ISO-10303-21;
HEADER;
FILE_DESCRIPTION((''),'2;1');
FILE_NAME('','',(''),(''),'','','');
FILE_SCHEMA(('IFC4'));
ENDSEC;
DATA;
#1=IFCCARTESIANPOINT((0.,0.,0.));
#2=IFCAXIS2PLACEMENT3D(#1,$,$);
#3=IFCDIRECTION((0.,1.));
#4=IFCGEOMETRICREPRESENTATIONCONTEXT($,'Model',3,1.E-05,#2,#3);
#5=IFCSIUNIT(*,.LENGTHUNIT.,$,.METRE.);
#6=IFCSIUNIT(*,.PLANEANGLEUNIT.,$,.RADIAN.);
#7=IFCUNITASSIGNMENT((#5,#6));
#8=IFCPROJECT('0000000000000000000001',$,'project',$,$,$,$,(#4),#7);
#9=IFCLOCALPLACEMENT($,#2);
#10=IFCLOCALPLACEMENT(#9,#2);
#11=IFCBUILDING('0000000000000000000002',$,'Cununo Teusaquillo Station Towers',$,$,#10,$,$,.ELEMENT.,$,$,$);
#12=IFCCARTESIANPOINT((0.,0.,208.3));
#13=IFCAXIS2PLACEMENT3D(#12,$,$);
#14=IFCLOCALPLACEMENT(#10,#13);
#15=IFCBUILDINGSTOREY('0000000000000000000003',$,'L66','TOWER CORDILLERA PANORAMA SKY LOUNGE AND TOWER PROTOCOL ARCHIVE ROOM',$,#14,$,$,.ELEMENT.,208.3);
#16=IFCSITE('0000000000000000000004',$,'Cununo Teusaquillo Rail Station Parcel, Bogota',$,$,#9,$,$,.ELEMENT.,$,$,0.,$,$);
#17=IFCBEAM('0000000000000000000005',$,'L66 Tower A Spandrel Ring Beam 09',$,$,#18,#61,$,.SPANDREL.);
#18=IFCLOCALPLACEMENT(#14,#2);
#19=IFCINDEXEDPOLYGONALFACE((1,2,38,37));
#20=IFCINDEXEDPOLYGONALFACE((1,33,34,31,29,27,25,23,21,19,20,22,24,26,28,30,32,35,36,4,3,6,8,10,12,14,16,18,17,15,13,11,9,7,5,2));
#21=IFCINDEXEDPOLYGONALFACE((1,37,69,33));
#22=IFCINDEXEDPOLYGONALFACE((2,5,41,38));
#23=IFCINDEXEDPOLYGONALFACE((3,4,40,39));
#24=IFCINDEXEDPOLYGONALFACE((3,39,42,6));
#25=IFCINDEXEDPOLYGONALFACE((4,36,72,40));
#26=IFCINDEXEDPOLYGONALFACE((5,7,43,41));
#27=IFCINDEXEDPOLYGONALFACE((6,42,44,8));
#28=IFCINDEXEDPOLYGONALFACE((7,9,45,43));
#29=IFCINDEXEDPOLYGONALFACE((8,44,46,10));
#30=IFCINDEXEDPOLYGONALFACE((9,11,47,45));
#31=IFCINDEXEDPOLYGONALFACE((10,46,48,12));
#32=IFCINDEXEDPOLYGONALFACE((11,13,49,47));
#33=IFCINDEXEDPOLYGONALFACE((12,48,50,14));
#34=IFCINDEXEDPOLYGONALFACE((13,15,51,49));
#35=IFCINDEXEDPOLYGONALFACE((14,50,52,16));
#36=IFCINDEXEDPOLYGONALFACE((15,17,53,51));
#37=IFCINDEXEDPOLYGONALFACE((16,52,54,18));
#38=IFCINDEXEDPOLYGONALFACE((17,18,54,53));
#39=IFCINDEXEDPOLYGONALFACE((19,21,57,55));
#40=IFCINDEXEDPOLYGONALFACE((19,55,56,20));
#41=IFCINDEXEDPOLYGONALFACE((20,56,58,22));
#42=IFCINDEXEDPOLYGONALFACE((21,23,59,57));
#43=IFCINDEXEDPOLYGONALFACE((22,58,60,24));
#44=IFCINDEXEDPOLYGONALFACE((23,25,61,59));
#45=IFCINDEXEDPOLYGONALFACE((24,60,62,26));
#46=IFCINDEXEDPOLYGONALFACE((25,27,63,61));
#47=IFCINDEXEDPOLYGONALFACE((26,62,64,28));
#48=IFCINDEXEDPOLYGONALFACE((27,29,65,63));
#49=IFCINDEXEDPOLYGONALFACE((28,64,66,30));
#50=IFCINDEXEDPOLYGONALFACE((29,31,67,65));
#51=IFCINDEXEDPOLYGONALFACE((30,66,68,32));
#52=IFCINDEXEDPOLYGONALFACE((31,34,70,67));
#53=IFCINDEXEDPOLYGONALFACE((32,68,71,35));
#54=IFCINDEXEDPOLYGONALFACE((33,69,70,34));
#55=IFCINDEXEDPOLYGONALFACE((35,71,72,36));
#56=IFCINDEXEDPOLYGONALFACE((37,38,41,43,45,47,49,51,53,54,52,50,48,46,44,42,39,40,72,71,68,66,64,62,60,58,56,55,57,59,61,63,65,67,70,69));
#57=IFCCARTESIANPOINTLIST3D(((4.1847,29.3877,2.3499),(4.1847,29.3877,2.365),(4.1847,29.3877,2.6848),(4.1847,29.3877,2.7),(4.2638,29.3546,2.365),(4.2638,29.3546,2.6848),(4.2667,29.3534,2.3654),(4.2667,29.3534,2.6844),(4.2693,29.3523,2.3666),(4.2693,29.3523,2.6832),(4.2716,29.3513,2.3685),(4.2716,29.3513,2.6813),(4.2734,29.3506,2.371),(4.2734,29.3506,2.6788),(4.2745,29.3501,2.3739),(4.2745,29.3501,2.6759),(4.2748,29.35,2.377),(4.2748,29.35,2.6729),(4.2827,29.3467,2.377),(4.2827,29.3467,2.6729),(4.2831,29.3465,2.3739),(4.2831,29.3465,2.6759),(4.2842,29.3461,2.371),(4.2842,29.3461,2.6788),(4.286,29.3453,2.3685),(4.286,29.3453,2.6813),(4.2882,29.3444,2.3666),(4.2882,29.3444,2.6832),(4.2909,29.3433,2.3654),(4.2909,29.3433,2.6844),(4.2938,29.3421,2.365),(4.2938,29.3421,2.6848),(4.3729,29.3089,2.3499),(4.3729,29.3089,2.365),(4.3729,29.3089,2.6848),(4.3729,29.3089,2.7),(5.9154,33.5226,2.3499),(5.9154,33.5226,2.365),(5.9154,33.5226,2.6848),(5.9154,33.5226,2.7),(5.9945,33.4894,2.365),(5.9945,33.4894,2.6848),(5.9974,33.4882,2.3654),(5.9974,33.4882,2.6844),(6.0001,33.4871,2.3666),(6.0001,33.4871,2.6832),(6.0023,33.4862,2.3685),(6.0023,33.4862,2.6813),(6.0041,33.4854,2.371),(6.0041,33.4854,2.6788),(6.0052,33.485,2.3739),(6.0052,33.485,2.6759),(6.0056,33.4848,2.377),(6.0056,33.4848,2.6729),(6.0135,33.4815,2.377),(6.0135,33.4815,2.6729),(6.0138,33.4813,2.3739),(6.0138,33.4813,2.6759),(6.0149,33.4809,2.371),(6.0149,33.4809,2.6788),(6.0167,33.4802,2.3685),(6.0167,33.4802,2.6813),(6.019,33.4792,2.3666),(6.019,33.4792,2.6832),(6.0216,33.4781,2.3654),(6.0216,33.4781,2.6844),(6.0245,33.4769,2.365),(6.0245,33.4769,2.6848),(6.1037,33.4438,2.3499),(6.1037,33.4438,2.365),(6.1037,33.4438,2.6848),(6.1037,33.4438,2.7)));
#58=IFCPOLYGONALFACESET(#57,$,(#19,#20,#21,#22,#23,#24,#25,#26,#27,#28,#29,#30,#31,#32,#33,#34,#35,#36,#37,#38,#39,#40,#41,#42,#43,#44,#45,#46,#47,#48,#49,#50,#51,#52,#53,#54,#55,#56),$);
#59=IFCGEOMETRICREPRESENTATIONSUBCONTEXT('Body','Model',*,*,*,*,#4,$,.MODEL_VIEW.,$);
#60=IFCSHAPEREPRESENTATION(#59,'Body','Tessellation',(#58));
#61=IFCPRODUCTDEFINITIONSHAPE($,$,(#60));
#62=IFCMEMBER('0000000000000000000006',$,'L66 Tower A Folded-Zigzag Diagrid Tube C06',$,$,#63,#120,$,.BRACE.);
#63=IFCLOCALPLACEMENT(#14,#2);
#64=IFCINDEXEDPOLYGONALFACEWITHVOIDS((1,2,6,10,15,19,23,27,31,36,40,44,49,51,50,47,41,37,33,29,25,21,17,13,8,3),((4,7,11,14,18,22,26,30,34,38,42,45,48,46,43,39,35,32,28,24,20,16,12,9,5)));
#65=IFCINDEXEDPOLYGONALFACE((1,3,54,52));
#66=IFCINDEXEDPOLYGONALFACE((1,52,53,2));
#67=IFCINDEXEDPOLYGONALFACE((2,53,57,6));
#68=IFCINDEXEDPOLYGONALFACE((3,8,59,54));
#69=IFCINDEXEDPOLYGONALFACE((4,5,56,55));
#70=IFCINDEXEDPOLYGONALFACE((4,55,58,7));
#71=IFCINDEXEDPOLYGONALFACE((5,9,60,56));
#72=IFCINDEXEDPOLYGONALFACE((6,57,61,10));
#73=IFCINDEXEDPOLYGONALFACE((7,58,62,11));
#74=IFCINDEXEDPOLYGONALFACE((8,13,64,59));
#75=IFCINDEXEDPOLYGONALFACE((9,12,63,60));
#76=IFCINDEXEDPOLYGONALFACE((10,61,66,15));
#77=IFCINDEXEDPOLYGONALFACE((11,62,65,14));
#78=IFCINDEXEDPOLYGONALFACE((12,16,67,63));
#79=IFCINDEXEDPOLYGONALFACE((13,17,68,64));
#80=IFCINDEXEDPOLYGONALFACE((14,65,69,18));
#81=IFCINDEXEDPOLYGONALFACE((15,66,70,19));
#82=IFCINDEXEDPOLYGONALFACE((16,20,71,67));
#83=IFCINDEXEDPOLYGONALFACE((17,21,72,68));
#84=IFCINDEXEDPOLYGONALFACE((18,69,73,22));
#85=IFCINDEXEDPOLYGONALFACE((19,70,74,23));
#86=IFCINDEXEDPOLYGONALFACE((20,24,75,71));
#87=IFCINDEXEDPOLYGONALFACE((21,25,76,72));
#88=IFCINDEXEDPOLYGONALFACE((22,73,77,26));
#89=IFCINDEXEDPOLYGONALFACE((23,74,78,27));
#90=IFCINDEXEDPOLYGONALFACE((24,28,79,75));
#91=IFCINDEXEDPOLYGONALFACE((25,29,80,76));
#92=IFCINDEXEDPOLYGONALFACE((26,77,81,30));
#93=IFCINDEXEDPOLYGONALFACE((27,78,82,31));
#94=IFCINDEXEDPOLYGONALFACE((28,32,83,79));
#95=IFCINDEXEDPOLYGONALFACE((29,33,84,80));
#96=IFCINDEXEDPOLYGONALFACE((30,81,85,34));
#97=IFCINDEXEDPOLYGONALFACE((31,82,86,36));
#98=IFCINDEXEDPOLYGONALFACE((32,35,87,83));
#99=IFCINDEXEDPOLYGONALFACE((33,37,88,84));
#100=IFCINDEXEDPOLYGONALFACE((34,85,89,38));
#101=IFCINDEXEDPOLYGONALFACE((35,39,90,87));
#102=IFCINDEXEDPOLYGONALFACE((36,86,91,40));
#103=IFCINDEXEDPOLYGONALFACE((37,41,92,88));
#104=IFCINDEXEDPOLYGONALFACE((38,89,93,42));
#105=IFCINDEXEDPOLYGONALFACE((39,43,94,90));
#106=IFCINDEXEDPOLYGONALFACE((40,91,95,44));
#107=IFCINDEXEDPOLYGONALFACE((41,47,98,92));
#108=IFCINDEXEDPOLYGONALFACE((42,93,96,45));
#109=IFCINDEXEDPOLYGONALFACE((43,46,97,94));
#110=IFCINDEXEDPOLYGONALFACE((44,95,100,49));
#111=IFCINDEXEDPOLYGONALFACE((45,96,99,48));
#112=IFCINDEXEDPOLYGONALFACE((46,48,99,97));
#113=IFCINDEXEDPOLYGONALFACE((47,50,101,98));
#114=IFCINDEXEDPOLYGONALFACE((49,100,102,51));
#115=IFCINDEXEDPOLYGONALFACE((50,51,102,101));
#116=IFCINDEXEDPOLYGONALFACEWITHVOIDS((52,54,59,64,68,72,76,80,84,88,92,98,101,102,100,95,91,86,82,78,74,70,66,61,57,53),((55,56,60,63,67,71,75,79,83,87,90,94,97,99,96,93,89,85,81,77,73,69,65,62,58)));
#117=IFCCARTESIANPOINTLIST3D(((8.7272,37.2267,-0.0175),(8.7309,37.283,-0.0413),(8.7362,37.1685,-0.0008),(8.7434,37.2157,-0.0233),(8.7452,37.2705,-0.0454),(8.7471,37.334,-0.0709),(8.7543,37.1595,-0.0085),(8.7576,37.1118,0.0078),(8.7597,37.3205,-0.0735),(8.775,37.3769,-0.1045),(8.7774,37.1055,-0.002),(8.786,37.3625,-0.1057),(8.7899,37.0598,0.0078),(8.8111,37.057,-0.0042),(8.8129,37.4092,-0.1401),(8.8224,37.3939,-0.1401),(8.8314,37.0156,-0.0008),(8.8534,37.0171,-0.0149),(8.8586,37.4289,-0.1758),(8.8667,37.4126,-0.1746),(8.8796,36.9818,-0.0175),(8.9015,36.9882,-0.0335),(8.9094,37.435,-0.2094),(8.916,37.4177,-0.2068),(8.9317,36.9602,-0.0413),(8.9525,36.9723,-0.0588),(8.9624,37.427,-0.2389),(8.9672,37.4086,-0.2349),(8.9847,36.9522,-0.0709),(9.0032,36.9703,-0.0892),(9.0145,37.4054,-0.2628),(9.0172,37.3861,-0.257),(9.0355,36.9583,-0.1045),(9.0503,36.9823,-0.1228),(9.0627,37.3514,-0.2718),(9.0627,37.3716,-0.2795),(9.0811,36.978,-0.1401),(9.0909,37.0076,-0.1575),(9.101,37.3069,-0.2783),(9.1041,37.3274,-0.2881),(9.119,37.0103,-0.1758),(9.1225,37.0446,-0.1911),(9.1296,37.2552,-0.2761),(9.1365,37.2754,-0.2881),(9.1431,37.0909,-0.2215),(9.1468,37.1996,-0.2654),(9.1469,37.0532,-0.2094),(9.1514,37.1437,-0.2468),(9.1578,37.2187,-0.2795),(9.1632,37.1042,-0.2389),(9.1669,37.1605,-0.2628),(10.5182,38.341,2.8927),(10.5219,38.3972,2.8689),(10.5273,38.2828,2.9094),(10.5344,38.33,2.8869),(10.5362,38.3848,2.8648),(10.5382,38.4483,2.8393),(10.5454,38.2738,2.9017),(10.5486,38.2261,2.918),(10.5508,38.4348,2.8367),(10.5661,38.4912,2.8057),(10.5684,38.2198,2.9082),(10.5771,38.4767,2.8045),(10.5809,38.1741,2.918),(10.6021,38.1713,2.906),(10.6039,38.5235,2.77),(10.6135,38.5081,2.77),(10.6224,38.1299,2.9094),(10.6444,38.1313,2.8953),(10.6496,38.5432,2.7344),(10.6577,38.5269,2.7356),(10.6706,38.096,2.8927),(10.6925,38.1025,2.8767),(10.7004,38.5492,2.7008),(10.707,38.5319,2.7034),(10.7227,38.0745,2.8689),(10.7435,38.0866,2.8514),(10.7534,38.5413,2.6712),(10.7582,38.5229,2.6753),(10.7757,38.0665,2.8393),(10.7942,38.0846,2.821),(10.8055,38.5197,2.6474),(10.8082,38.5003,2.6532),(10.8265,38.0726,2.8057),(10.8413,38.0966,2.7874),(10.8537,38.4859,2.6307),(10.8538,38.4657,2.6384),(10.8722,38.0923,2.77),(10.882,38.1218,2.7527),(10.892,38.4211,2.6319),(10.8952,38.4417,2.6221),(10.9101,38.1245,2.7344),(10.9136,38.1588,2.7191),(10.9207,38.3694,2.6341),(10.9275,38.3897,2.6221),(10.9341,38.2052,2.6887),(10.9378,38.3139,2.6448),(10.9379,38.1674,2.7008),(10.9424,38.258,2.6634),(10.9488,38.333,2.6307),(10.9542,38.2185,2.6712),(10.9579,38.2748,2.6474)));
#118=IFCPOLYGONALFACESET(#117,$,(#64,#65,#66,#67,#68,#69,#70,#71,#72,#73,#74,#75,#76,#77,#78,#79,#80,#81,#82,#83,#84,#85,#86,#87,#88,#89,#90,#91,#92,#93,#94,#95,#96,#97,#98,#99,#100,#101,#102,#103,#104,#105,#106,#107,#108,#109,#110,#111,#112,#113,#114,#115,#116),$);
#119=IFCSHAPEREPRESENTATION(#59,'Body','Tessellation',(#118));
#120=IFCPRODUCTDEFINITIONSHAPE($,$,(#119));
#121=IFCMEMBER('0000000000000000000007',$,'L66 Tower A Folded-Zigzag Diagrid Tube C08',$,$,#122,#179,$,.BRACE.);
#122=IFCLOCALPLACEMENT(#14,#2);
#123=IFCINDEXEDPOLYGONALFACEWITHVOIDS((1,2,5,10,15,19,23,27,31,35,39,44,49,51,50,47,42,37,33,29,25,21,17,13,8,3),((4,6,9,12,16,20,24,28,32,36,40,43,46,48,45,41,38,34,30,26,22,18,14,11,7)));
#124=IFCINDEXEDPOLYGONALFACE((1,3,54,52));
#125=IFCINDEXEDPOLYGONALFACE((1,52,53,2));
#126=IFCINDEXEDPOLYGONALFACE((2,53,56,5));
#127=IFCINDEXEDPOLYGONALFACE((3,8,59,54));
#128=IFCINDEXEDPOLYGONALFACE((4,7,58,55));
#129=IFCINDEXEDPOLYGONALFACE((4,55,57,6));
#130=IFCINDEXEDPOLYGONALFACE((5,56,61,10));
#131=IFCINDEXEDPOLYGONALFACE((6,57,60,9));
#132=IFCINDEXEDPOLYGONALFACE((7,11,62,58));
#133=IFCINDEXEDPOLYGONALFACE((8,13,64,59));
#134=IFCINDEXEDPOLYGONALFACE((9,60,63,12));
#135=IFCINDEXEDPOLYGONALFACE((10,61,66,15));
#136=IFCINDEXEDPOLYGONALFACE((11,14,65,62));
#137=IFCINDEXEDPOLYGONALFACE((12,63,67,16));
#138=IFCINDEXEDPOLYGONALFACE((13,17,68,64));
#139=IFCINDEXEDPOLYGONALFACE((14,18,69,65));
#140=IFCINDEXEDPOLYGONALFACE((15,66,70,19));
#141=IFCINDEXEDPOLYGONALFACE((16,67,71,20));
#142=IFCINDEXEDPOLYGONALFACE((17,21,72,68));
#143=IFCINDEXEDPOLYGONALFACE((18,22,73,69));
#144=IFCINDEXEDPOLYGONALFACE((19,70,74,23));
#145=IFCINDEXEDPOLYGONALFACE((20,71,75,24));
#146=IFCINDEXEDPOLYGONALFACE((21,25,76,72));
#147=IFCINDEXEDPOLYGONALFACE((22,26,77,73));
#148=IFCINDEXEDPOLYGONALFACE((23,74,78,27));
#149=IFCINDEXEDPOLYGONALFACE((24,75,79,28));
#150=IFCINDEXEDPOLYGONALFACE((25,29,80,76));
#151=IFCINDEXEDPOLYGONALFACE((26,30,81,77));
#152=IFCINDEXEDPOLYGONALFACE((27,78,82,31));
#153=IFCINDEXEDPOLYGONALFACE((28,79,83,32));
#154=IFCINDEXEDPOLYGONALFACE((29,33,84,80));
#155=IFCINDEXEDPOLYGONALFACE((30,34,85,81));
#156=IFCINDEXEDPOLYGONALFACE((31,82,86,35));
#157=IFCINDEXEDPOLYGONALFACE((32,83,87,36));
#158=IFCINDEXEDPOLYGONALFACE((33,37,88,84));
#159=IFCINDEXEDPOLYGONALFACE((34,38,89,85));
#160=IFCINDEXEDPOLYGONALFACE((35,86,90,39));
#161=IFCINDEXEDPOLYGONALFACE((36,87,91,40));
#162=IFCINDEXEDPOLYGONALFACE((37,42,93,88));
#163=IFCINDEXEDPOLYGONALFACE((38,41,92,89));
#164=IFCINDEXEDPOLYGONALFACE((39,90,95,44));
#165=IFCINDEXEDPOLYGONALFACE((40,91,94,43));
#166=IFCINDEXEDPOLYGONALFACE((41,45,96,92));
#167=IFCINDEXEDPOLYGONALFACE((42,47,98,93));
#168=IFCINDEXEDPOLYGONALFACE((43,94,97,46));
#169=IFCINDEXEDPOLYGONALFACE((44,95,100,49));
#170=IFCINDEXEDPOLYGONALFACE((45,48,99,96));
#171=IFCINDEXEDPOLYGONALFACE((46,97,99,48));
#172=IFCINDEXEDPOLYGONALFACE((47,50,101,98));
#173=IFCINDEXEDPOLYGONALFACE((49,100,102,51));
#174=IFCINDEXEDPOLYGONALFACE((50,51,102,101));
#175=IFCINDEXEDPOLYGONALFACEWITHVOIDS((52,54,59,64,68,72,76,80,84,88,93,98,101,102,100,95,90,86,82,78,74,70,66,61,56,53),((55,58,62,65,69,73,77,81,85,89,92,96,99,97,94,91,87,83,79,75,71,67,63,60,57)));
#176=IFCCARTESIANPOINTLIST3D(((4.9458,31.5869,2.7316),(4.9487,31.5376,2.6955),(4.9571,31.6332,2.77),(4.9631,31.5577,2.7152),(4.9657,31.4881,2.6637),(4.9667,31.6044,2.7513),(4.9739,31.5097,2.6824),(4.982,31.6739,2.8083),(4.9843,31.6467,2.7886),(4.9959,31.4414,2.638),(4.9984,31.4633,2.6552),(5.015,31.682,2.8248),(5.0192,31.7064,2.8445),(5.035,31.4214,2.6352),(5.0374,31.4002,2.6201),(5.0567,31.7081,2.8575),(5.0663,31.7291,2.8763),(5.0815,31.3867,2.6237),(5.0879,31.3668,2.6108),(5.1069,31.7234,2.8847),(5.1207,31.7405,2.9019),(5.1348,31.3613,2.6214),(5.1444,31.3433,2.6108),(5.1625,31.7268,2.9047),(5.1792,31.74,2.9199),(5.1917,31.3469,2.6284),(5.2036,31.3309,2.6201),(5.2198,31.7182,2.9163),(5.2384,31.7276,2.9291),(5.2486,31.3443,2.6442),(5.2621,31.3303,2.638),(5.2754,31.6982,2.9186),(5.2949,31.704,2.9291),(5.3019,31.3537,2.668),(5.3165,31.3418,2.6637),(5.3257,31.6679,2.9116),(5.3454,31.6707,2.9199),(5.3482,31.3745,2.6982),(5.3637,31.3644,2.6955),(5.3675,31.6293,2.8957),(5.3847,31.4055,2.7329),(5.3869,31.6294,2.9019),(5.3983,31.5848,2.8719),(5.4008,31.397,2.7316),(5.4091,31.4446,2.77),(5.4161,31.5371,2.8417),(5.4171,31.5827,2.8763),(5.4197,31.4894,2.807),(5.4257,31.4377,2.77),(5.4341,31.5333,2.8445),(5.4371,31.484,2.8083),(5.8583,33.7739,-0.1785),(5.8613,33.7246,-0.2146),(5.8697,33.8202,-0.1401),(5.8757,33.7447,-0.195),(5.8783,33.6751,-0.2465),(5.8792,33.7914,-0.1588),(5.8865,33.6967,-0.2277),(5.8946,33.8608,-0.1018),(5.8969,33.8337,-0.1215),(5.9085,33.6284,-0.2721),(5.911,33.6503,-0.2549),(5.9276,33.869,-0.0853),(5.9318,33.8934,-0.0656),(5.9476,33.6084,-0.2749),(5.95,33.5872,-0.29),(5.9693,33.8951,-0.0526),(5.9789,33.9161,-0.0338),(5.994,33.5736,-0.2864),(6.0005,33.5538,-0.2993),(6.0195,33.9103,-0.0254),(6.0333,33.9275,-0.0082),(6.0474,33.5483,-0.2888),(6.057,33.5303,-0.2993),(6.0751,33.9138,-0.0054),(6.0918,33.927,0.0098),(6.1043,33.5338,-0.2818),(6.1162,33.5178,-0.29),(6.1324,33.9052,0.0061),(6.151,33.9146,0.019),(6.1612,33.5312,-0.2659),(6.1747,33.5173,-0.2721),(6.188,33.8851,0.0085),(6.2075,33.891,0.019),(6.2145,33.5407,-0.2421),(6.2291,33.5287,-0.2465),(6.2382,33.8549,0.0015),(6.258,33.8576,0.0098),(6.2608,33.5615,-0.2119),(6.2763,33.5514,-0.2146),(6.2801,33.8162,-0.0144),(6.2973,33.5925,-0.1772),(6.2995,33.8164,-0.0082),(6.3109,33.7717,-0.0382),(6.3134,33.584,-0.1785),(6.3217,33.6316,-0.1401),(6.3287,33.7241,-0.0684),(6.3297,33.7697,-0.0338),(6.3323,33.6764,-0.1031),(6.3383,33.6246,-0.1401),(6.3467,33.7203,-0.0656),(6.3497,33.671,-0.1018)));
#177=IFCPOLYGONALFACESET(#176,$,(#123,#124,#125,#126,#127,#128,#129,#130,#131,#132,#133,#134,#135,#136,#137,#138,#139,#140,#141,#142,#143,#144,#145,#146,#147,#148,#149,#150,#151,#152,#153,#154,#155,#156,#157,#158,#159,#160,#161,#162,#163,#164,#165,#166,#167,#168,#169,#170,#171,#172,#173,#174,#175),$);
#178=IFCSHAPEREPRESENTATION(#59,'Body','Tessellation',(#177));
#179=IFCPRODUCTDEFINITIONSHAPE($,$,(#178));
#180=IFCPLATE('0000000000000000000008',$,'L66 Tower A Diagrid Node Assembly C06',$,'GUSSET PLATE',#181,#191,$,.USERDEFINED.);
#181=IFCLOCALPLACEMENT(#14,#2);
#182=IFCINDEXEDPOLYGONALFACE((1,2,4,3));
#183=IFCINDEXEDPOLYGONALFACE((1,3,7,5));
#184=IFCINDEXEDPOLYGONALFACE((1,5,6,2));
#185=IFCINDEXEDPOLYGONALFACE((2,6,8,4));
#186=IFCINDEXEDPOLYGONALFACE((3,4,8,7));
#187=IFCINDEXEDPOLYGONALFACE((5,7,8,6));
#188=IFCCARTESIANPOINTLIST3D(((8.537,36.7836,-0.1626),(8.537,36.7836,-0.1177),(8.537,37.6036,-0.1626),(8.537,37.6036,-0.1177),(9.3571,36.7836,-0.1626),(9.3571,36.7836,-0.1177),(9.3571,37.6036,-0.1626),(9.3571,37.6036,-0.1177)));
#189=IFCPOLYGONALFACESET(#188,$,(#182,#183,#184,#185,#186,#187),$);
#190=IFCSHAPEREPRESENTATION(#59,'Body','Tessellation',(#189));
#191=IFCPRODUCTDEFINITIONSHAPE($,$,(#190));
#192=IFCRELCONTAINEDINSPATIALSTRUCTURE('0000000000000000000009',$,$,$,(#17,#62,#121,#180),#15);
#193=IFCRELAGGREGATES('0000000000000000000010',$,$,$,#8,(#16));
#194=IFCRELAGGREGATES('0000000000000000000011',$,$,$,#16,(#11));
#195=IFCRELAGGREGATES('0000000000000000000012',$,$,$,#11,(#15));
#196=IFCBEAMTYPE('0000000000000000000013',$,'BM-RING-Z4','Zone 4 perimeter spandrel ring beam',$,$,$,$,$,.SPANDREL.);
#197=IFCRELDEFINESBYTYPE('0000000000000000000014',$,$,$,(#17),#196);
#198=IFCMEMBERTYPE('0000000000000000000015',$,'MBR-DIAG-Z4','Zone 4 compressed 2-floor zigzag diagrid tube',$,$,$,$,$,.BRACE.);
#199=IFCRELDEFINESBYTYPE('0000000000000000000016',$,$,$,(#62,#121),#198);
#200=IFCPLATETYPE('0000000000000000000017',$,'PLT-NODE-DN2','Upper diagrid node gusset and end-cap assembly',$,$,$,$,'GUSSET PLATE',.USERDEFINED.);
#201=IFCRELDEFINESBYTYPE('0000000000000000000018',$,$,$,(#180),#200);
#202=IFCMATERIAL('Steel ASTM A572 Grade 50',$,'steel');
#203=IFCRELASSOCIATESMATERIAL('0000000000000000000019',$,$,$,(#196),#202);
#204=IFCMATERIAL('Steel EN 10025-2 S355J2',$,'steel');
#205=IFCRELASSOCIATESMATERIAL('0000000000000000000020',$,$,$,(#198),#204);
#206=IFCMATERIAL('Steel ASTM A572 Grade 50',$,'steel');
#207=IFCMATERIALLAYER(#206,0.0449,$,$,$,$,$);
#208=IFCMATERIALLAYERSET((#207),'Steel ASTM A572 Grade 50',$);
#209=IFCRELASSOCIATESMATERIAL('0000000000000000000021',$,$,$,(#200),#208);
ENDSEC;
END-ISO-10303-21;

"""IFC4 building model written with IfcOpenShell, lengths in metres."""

from ifc_helpers import new_model, si_unit, direction, frame, origin, origin_2d, place, context, subcontext, project, spatial, rectangle, hollow_circle, i_section, extrude, source, transform, mapped, material, layer, layer_set, material_profile, profile_set, type_object, element, save


model = new_model("IFC4")

# Units and contexts
model_context = context("Model", 3, precision=1e-05, world=origin(), true_north=direction((0.0, 1.0)))
body_context = subcontext(model_context, "Body", "Model", "MODEL_VIEW")
ifc_project = project(units=[si_unit("LENGTHUNIT", "METRE"), si_unit("PLANEANGLEUNIT", "RADIAN")], contexts=[model_context])

# Site, building, storey
site_placement = place(None, origin())
site = spatial("IfcSite", under=ifc_project, at=site_placement, Name="Cununo Teusaquillo Rail Station Parcel, Bogota", CompositionType="ELEMENT", RefElevation=0.0)
building_placement = place(site_placement, origin())
building = spatial("IfcBuilding", under=site, at=building_placement, Name="Cununo Teusaquillo Station Towers", CompositionType="ELEMENT")
storey_placement = place(building_placement, frame((0.0, 0.0, 208.3)))
storey = spatial("IfcBuildingStorey", under=building, at=storey_placement, Name="L66", Description="TOWER CORDILLERA PANORAMA SKY LOUNGE AND TOWER PROTOCOL ARCHIVE ROOM", CompositionType="ELEMENT", Elevation=208.3)

# Beam
ifc_material_1 = material(Name="Steel ASTM A572 Grade 50", Category="steel")
ifc_material_profile_1 = material_profile(ifc_material_1, i_section(OverallWidth=0.2041, OverallDepth=0.3501, WebThickness=0.0085, FlangeThickness=0.0151, FilletRadius=0.012, at=origin_2d()), Name="W14X48")
ifc_profile_set_1 = profile_set([ifc_material_profile_1], Name="Steel ASTM A572 Grade 50")
beam_type_1 = type_object("IfcBeamType", Name="BM-RING-Z4", Description="Zone 4 perimeter spandrel ring beam", PredefinedType="SPANDREL", material=ifc_profile_set_1)
beam_1_placement = place(storey_placement, frame((6.0095, 33.4832, 2.5249), z_axis=(-0.386115, -0.92245, 0.0), x_axis=(0.92245, -0.386115, 0.0)))
element("IfcBeam", 1, at=beam_1_placement, inside=storey, type_object=beam_type_1, Name="L66 Tower A Spandrel Ring Beam 09", PredefinedType="SPANDREL", context=body_context, shape_type="SweptSolid", body=[
    extrude(i_section(OverallWidth=0.2041, OverallDepth=0.3501, WebThickness=0.0085, FlangeThickness=0.0151, FilletRadius=0.012, at=origin_2d()), origin(), (0.0, 0.0, 1.0), 4.4824),
])

# Members
ifc_material_2 = material(Name="Steel EN 10025-2 S355J2", Category="steel")
ifc_material_profile_2 = material_profile(ifc_material_2, hollow_circle(Radius=0.2539, WallThickness=0.0181, at=origin_2d()), Name="CHS 508x18")
ifc_profile_set_2 = profile_set([ifc_material_profile_2], Name="Steel EN 10025-2 S355J2")
member_type = type_object("IfcMemberType", Name="MBR-DIAG-Z4", Description="Zone 4 compressed 2-floor zigzag diagrid tube", PredefinedType="BRACE", material=ifc_profile_set_2)
member_1_placement = place(storey_placement, frame((8.947, 37.1936, -0.1401), z_axis=(0.498306, 0.310015, 0.80968), x_axis=(-0.52825, 0.849089, 0.0)))
element("IfcMember", 2, at=member_1_placement, inside=storey, type_object=member_type, Name="L66 Tower A Folded-Zigzag Diagrid Tube C06", PredefinedType="BRACE", context=body_context, shape_type="SweptSolid", body=[
    extrude(hollow_circle(Radius=0.2539, WallThickness=0.0181, at=origin_2d()), origin(), (0.0, 0.0, 1.0), 3.5942),
])
member_2_placement = place(storey_placement, frame((6.104, 33.7224, -0.1401), z_axis=(-0.243166, -0.58274, 0.775425), x_axis=(0.922876, -0.385098, 0.0)))
element("IfcMember", 3, at=member_2_placement, inside=storey, type_object=member_type, Name="L66 Tower A Folded-Zigzag Diagrid Tube C08", PredefinedType="BRACE", context=body_context, shape_type="SweptSolid", body=[
    extrude(hollow_circle(Radius=0.2539, WallThickness=0.0181, at=origin_2d()), origin(), (0.0, 0.0, 1.0), 3.7529),
])

# Plate
ifc_material_3 = material(Name="Steel ASTM A572 Grade 50", Category="steel")
ifc_layer_1 = layer(ifc_material_3, 0.0449)
ifc_layer_set_1 = layer_set([ifc_layer_1], Name="Steel ASTM A572 Grade 50")
plate_type = type_object("IfcPlateType", Name="PLT-NODE-DN2", Description="Upper diagrid node gusset and end-cap assembly", ElementType="GUSSET PLATE", PredefinedType="USERDEFINED", material=ifc_layer_set_1)
shared_shape_1 = source(origin(), body_context, "Body", "SweptSolid", [
    extrude(rectangle(XDim=0.8201, YDim=0.8201, at=origin_2d()), origin(), (0.0, 0.0, 1.0), 0.0449),
])
for number, where, z_axis, x_axis, name in (
    (4, (8.947, 37.1936, -0.1626), (0.0, 0.0, 1.0), (1.0, 0.0, 0.0), "L66 Tower A Diagrid Node Assembly C06"),
):
    element("IfcPlate", number, at=place(storey_placement, frame(where, z_axis=z_axis, x_axis=x_axis)), inside=storey, type_object=plate_type, Name=name, ObjectType="GUSSET PLATE", PredefinedType="USERDEFINED", context=body_context, shape_type="MappedRepresentation", body=[
        mapped(shared_shape_1, transform((0.0, 0.0, 0.0), x_axis=(1.0, 0.0, 0.0), y_axis=(0.0, 1.0, 0.0), z_axis=(0.0, 0.0, 1.0), scale=1.0)),
    ])

save(model, "model.ifc")
